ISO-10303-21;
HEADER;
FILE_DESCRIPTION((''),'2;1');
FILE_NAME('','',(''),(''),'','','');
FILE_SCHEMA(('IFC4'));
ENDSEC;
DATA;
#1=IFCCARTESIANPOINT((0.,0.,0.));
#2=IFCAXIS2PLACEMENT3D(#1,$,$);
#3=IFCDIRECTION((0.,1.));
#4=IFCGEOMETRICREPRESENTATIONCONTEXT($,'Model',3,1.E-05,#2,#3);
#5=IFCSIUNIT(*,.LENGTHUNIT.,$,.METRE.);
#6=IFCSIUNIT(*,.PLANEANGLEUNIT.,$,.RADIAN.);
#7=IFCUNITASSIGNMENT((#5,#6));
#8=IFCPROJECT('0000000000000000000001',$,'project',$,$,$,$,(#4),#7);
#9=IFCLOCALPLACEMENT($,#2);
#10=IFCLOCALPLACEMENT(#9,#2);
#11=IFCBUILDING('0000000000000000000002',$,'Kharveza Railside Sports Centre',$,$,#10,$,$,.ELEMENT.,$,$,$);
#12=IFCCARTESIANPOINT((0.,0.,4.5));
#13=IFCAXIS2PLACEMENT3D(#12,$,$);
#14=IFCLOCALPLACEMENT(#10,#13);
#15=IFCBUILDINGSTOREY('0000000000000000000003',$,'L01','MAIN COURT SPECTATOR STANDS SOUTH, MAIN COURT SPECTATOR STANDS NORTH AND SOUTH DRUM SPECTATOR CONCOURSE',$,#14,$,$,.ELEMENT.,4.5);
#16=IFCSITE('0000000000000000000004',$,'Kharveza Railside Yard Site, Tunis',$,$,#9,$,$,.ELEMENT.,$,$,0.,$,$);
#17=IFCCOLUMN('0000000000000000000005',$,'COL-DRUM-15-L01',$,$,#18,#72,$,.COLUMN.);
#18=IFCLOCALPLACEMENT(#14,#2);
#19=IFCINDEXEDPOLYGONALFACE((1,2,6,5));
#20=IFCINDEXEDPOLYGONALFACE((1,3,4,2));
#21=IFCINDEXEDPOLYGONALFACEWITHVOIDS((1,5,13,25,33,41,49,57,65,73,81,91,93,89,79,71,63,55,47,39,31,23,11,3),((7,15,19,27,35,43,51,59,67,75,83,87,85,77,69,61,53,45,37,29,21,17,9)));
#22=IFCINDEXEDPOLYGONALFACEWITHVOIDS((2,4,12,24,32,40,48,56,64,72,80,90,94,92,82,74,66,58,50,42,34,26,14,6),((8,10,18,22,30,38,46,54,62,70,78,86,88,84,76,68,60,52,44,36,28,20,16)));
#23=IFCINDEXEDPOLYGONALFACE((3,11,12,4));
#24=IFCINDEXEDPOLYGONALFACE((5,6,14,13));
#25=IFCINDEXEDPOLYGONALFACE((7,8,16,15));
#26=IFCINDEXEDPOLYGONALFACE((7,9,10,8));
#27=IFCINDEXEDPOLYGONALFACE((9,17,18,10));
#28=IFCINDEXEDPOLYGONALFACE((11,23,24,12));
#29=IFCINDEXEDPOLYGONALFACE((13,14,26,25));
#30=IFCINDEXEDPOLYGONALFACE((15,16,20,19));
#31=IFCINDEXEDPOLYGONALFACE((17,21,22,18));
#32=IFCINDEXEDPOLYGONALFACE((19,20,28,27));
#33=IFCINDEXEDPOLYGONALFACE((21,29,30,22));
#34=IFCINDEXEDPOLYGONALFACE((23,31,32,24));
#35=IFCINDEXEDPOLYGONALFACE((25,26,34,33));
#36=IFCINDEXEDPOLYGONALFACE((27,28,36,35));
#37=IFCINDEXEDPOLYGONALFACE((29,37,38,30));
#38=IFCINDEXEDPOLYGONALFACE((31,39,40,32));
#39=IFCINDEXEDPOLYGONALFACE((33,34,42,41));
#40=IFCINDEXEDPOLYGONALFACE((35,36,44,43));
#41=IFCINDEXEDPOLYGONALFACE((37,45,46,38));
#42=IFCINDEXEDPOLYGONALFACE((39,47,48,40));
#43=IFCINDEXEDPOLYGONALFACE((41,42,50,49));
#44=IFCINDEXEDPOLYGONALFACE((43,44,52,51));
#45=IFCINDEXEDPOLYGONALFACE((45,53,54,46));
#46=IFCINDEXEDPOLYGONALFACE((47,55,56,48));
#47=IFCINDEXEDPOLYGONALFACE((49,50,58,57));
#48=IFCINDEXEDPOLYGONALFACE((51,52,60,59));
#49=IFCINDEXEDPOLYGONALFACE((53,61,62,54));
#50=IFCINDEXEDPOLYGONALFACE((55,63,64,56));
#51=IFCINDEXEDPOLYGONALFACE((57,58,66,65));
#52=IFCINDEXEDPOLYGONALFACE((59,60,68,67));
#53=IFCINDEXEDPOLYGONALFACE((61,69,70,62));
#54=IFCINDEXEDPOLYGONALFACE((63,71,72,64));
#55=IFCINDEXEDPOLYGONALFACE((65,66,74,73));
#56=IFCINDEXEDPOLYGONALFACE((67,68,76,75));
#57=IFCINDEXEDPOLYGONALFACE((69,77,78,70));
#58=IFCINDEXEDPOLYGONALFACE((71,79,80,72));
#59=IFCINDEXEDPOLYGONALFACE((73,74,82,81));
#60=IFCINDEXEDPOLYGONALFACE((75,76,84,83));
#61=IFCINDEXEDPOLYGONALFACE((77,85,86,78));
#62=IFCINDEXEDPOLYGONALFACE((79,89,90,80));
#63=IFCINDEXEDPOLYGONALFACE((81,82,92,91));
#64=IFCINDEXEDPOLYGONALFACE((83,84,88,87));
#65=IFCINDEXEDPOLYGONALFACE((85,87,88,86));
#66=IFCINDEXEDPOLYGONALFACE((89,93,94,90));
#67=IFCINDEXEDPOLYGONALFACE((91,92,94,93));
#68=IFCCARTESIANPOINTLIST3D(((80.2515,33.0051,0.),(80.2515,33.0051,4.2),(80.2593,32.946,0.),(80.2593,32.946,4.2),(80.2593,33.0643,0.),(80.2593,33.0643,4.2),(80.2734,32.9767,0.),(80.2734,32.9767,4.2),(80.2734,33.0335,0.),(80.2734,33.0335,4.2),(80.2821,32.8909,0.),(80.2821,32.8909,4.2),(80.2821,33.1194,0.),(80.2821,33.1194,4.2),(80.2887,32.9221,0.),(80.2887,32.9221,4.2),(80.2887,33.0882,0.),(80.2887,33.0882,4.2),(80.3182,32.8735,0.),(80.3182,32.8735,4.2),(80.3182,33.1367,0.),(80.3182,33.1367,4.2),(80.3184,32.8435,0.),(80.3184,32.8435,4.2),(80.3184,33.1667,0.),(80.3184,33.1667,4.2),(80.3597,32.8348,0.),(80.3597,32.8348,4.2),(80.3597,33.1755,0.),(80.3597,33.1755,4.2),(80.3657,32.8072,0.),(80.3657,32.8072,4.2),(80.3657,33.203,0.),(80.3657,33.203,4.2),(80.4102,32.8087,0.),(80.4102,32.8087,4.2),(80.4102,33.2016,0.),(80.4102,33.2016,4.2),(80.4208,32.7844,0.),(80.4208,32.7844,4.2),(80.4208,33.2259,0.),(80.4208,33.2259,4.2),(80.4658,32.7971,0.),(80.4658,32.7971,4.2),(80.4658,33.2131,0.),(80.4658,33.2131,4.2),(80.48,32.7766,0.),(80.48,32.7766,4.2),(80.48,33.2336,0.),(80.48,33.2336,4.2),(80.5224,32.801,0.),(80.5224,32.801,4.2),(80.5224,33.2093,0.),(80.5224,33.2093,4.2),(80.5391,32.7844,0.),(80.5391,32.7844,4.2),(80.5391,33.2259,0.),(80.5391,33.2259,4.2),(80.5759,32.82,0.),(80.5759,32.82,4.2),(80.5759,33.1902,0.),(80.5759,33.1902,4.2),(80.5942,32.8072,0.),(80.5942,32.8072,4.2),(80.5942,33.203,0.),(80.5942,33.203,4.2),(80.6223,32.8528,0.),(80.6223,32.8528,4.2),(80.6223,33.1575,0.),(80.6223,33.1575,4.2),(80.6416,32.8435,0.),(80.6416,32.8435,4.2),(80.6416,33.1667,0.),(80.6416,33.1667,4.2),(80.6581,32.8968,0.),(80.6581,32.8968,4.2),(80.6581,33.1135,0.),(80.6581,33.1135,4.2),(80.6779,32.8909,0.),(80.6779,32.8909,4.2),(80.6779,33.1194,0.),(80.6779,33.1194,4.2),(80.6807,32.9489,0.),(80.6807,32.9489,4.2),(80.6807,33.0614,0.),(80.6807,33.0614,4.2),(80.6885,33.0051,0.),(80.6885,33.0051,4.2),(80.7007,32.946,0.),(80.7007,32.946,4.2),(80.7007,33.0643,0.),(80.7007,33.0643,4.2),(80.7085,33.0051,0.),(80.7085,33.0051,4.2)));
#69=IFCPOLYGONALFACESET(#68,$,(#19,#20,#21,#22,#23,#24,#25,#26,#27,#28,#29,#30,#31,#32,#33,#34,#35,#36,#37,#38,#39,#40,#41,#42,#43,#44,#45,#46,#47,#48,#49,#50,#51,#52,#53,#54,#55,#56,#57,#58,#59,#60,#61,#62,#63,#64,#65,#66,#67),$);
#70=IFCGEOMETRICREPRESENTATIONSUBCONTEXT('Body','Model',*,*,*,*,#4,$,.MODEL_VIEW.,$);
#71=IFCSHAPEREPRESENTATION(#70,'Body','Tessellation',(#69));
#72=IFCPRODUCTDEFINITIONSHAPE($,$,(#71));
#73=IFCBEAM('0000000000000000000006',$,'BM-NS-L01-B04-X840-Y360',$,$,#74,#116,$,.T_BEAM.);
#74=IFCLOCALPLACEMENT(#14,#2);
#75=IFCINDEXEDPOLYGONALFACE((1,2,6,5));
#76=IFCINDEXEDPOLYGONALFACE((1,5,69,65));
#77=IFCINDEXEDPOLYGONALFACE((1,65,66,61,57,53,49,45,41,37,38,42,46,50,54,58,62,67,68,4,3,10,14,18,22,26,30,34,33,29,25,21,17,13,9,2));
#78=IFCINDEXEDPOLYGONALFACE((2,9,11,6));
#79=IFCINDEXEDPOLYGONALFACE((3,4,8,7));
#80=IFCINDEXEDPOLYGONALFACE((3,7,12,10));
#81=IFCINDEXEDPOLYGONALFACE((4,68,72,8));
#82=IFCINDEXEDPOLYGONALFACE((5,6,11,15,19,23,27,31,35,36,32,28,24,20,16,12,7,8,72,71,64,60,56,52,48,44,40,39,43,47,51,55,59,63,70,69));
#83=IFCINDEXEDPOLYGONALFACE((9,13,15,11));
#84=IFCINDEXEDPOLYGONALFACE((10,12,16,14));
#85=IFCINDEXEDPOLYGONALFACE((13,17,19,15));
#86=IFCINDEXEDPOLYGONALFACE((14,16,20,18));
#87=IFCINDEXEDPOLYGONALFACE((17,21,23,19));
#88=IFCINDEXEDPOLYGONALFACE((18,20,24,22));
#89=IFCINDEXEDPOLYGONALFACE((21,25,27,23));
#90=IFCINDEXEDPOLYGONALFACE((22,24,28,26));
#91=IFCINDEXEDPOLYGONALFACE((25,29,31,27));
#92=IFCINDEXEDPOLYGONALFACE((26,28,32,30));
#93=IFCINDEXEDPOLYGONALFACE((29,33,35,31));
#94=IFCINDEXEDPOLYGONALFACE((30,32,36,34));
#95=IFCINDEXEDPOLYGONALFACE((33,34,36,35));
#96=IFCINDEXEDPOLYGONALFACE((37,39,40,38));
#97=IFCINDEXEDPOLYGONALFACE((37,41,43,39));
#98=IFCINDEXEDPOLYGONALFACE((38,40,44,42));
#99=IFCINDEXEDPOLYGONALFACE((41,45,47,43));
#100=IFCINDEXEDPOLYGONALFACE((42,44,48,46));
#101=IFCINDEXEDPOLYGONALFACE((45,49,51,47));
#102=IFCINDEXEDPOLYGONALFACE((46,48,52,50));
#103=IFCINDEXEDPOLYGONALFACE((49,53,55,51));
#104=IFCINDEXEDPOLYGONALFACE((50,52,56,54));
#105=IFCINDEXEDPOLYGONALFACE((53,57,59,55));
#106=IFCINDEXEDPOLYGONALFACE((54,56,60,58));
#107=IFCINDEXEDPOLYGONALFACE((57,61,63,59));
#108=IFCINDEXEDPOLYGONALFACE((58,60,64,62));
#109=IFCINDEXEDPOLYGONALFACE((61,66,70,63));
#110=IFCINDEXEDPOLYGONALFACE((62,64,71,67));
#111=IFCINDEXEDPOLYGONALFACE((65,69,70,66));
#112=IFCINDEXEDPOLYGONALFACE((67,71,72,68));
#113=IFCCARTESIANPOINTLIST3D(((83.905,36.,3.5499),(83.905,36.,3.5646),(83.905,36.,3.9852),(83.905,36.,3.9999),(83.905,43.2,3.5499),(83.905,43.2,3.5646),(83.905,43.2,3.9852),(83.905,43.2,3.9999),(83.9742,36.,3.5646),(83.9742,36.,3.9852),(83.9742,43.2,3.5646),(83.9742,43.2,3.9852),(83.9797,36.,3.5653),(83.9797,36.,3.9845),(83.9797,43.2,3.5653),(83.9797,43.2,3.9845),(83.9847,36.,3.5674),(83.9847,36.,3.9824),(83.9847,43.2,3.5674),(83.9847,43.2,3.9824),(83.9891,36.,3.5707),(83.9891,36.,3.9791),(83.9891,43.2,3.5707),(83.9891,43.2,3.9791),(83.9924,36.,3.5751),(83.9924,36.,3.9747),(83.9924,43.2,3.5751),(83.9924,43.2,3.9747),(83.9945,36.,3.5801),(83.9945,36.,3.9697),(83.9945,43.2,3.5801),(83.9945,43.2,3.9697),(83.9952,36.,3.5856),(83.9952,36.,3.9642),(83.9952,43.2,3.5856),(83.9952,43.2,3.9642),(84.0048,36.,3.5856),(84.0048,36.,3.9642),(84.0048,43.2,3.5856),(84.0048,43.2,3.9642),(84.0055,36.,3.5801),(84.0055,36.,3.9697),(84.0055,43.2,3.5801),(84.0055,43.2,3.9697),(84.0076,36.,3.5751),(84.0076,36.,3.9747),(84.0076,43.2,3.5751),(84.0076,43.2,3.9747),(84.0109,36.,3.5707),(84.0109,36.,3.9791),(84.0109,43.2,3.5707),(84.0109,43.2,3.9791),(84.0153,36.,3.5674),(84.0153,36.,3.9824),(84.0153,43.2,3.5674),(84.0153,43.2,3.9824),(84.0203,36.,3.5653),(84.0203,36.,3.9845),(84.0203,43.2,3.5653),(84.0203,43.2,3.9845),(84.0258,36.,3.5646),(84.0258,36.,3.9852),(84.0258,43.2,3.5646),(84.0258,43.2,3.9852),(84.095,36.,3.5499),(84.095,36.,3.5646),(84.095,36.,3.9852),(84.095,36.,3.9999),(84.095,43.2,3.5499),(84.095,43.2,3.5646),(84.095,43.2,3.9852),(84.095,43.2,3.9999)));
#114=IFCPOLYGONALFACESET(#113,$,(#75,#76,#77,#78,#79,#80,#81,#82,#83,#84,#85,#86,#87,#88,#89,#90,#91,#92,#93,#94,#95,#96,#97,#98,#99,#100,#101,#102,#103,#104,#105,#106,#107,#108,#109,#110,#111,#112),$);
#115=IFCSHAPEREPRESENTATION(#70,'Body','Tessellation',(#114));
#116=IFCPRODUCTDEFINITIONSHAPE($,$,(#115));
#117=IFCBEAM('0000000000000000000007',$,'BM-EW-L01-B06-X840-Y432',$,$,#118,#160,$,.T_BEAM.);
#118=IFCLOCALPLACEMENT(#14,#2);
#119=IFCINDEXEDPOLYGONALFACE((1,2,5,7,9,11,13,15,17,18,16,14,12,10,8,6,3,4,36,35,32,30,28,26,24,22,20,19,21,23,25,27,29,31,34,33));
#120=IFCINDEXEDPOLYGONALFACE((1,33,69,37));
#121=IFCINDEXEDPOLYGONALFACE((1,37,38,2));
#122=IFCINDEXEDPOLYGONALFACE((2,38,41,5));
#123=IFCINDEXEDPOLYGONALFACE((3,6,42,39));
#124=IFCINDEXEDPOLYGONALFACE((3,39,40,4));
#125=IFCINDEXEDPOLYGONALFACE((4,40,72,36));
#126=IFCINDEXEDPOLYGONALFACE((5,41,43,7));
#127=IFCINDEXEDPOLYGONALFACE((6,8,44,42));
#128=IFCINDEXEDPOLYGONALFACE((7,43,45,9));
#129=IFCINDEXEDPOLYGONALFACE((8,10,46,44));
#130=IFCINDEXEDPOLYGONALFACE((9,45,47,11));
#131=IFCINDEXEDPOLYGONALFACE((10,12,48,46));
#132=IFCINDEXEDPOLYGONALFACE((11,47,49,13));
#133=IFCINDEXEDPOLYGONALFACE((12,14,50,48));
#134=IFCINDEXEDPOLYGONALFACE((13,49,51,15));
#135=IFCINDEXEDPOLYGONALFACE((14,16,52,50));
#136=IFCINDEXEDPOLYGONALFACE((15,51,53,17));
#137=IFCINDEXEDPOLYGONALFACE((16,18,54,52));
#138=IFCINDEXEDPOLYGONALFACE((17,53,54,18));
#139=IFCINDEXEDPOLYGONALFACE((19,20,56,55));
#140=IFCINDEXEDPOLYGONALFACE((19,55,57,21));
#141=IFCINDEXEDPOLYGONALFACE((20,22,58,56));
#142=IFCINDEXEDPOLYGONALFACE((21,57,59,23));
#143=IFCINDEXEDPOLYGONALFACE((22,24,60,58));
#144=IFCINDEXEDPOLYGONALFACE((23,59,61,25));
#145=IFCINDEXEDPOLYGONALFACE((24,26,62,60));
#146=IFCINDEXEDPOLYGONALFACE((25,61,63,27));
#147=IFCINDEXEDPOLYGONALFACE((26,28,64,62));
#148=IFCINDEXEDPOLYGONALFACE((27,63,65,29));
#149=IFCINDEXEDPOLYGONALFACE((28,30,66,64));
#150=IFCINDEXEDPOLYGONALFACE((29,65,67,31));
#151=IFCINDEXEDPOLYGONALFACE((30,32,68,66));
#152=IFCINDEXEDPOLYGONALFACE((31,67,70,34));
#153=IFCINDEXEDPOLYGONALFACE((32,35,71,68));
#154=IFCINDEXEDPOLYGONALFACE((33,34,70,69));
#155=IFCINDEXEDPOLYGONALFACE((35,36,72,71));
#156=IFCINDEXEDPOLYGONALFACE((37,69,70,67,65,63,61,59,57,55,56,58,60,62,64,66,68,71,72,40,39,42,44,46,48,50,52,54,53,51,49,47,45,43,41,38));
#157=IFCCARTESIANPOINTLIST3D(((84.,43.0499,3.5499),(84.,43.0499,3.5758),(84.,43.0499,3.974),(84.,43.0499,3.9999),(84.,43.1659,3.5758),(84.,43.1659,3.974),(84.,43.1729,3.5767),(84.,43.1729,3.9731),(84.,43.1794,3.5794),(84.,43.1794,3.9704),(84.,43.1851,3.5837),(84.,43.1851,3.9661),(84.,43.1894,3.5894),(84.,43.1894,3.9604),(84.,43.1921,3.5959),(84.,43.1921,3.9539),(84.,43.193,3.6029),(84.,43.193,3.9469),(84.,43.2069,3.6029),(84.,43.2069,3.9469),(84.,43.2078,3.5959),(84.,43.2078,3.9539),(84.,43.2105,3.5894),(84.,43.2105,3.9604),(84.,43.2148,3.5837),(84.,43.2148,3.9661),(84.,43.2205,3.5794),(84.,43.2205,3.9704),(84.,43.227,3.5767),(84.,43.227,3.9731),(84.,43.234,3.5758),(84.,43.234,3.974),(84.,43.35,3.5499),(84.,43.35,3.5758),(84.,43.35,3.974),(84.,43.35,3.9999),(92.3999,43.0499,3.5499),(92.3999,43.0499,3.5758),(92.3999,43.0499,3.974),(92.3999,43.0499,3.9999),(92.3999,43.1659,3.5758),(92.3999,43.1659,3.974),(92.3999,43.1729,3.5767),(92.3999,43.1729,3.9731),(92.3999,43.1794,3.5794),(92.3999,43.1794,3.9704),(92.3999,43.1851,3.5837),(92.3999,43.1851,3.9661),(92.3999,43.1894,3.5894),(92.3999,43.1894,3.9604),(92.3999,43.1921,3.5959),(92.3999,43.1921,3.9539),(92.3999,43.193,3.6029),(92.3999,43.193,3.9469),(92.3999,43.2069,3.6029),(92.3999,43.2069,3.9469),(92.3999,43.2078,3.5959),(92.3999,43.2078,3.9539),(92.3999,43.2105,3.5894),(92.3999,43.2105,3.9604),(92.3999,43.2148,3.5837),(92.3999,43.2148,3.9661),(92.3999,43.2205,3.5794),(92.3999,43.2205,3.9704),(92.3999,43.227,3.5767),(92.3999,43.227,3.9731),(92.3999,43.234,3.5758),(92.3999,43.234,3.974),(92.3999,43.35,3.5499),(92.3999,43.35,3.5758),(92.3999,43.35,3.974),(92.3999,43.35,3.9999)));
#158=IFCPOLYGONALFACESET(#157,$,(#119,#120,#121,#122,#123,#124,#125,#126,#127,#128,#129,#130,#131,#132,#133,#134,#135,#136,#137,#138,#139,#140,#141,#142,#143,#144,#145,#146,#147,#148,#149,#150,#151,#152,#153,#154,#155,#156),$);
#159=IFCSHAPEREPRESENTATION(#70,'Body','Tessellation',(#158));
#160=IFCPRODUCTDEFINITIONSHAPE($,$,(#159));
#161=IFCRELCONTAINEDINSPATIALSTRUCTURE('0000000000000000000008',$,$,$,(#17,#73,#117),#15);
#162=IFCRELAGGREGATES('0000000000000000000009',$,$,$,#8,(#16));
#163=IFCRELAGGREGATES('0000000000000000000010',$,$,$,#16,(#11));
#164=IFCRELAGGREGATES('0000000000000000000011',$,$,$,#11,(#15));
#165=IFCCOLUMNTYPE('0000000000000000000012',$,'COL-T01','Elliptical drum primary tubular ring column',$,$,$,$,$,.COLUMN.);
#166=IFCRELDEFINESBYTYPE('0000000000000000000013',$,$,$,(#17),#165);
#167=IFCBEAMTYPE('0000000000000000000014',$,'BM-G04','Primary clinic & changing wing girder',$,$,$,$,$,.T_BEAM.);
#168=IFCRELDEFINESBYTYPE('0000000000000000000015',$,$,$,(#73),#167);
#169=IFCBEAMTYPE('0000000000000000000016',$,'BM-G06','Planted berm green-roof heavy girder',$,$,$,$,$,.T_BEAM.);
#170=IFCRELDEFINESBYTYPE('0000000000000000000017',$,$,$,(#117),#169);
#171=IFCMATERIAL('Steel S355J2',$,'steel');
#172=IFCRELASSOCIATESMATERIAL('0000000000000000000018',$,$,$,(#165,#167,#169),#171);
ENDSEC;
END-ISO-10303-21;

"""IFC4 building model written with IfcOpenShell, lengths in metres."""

from ifc_helpers import new_model, si_unit, direction, frame, origin, origin_2d, place, context, subcontext, project, spatial, hollow_circle, i_section, extrude, material, material_profile, profile_set, type_object, element, save


model = new_model("IFC4")

# Units and contexts
model_context = context("Model", 3, precision=1e-05, world=origin(), true_north=direction((0.0, 1.0)))
body_context = subcontext(model_context, "Body", "Model", "MODEL_VIEW")
ifc_project = project(units=[si_unit("LENGTHUNIT", "METRE"), si_unit("PLANEANGLEUNIT", "RADIAN")], contexts=[model_context])

# Site, building, storey
site_placement = place(None, origin())
site = spatial("IfcSite", under=ifc_project, at=site_placement, Name="Kharveza Railside Yard Site, Tunis", CompositionType="ELEMENT", RefElevation=0.0)
building_placement = place(site_placement, origin())
building = spatial("IfcBuilding", under=site, at=building_placement, Name="Kharveza Railside Sports Centre", CompositionType="ELEMENT")
storey_placement = place(building_placement, frame((0.0, 0.0, 4.5)))
storey = spatial("IfcBuildingStorey", under=building, at=storey_placement, Name="L01", Description="MAIN COURT SPECTATOR STANDS SOUTH, MAIN COURT SPECTATOR STANDS NORTH AND SOUTH DRUM SPECTATOR CONCOURSE", CompositionType="ELEMENT", Elevation=4.5)

# Column
ifc_material_1 = material(Name="Steel S355J2", Category="steel")
ifc_material_profile_1 = material_profile(ifc_material_1, hollow_circle(Radius=0.2285, WallThickness=0.02, at=origin_2d()), Name="CHS 457.0x20.0")
ifc_profile_set_1 = profile_set([ifc_material_profile_1], Name="Steel S355J2")
column_type_1 = type_object("IfcColumnType", Name="COL-T01", Description="Elliptical drum primary tubular ring column", PredefinedType="COLUMN", material=ifc_profile_set_1)
column_placement = place(storey_placement, frame((80.48, 33.0051, 0.0), z_axis=(0.0, 0.0, 1.0), x_axis=(1.0, 0.0, 0.0)))
element("IfcColumn", 1, at=column_placement, inside=storey, type_object=column_type_1, Name="COL-DRUM-15-L01", PredefinedType="COLUMN", context=body_context, shape_type="SweptSolid", body=[
    extrude(hollow_circle(Radius=0.2285, WallThickness=0.02, at=origin_2d()), origin(), (0.0, 0.0, 1.0), 4.2),
])

# Beams
ifc_material_profile_2 = material_profile(ifc_material_1, i_section(OverallWidth=0.1899, OverallDepth=0.45, WebThickness=0.0095, FlangeThickness=0.0146, FilletRadius=0.021, at=origin_2d()), Name="IPE 450")
ifc_profile_set_2 = profile_set([ifc_material_profile_2], Name="Steel S355J2")
beam_type_1 = type_object("IfcBeamType", Name="BM-G04", Description="Primary clinic & changing wing girder", PredefinedType="T_BEAM", material=ifc_profile_set_2)
beam_1_placement = place(storey_placement, frame((84.0, 36.0, 3.7749), z_axis=(0.0, 1.0, 0.0), x_axis=(-1.0, 0.0, 0.0)))
element("IfcBeam", 2, at=beam_1_placement, inside=storey, type_object=beam_type_1, Name="BM-NS-L01-B04-X840-Y360", PredefinedType="T_BEAM", context=body_context, shape_type="SweptSolid", body=[
    extrude(i_section(OverallWidth=0.1899, OverallDepth=0.45, WebThickness=0.0095, FlangeThickness=0.0146, FilletRadius=0.021, at=origin_2d()), origin(), (0.0, 0.0, 1.0), 7.2),
])
ifc_material_profile_3 = material_profile(ifc_material_1, i_section(OverallWidth=0.3, OverallDepth=0.45, WebThickness=0.0139, FlangeThickness=0.0259, FilletRadius=0.0271, at=origin_2d()), Name="HEB 450")
ifc_profile_set_3 = profile_set([ifc_material_profile_3], Name="Steel S355J2")
beam_type_2 = type_object("IfcBeamType", Name="BM-G06", Description="Planted berm green-roof heavy girder", PredefinedType="T_BEAM", material=ifc_profile_set_3)
beam_2_placement = place(storey_placement, frame((84.0, 43.2, 3.7749), z_axis=(1.0, 0.0, 0.0), x_axis=(0.0, 1.0, 0.0)))
element("IfcBeam", 3, at=beam_2_placement, inside=storey, type_object=beam_type_2, Name="BM-EW-L01-B06-X840-Y432", PredefinedType="T_BEAM", context=body_context, shape_type="SweptSolid", body=[
    extrude(i_section(OverallWidth=0.3, OverallDepth=0.45, WebThickness=0.0139, FlangeThickness=0.0259, FilletRadius=0.0271, at=origin_2d()), origin(), (0.0, 0.0, 1.0), 8.3999),
])

save(model, "model.ifc")
